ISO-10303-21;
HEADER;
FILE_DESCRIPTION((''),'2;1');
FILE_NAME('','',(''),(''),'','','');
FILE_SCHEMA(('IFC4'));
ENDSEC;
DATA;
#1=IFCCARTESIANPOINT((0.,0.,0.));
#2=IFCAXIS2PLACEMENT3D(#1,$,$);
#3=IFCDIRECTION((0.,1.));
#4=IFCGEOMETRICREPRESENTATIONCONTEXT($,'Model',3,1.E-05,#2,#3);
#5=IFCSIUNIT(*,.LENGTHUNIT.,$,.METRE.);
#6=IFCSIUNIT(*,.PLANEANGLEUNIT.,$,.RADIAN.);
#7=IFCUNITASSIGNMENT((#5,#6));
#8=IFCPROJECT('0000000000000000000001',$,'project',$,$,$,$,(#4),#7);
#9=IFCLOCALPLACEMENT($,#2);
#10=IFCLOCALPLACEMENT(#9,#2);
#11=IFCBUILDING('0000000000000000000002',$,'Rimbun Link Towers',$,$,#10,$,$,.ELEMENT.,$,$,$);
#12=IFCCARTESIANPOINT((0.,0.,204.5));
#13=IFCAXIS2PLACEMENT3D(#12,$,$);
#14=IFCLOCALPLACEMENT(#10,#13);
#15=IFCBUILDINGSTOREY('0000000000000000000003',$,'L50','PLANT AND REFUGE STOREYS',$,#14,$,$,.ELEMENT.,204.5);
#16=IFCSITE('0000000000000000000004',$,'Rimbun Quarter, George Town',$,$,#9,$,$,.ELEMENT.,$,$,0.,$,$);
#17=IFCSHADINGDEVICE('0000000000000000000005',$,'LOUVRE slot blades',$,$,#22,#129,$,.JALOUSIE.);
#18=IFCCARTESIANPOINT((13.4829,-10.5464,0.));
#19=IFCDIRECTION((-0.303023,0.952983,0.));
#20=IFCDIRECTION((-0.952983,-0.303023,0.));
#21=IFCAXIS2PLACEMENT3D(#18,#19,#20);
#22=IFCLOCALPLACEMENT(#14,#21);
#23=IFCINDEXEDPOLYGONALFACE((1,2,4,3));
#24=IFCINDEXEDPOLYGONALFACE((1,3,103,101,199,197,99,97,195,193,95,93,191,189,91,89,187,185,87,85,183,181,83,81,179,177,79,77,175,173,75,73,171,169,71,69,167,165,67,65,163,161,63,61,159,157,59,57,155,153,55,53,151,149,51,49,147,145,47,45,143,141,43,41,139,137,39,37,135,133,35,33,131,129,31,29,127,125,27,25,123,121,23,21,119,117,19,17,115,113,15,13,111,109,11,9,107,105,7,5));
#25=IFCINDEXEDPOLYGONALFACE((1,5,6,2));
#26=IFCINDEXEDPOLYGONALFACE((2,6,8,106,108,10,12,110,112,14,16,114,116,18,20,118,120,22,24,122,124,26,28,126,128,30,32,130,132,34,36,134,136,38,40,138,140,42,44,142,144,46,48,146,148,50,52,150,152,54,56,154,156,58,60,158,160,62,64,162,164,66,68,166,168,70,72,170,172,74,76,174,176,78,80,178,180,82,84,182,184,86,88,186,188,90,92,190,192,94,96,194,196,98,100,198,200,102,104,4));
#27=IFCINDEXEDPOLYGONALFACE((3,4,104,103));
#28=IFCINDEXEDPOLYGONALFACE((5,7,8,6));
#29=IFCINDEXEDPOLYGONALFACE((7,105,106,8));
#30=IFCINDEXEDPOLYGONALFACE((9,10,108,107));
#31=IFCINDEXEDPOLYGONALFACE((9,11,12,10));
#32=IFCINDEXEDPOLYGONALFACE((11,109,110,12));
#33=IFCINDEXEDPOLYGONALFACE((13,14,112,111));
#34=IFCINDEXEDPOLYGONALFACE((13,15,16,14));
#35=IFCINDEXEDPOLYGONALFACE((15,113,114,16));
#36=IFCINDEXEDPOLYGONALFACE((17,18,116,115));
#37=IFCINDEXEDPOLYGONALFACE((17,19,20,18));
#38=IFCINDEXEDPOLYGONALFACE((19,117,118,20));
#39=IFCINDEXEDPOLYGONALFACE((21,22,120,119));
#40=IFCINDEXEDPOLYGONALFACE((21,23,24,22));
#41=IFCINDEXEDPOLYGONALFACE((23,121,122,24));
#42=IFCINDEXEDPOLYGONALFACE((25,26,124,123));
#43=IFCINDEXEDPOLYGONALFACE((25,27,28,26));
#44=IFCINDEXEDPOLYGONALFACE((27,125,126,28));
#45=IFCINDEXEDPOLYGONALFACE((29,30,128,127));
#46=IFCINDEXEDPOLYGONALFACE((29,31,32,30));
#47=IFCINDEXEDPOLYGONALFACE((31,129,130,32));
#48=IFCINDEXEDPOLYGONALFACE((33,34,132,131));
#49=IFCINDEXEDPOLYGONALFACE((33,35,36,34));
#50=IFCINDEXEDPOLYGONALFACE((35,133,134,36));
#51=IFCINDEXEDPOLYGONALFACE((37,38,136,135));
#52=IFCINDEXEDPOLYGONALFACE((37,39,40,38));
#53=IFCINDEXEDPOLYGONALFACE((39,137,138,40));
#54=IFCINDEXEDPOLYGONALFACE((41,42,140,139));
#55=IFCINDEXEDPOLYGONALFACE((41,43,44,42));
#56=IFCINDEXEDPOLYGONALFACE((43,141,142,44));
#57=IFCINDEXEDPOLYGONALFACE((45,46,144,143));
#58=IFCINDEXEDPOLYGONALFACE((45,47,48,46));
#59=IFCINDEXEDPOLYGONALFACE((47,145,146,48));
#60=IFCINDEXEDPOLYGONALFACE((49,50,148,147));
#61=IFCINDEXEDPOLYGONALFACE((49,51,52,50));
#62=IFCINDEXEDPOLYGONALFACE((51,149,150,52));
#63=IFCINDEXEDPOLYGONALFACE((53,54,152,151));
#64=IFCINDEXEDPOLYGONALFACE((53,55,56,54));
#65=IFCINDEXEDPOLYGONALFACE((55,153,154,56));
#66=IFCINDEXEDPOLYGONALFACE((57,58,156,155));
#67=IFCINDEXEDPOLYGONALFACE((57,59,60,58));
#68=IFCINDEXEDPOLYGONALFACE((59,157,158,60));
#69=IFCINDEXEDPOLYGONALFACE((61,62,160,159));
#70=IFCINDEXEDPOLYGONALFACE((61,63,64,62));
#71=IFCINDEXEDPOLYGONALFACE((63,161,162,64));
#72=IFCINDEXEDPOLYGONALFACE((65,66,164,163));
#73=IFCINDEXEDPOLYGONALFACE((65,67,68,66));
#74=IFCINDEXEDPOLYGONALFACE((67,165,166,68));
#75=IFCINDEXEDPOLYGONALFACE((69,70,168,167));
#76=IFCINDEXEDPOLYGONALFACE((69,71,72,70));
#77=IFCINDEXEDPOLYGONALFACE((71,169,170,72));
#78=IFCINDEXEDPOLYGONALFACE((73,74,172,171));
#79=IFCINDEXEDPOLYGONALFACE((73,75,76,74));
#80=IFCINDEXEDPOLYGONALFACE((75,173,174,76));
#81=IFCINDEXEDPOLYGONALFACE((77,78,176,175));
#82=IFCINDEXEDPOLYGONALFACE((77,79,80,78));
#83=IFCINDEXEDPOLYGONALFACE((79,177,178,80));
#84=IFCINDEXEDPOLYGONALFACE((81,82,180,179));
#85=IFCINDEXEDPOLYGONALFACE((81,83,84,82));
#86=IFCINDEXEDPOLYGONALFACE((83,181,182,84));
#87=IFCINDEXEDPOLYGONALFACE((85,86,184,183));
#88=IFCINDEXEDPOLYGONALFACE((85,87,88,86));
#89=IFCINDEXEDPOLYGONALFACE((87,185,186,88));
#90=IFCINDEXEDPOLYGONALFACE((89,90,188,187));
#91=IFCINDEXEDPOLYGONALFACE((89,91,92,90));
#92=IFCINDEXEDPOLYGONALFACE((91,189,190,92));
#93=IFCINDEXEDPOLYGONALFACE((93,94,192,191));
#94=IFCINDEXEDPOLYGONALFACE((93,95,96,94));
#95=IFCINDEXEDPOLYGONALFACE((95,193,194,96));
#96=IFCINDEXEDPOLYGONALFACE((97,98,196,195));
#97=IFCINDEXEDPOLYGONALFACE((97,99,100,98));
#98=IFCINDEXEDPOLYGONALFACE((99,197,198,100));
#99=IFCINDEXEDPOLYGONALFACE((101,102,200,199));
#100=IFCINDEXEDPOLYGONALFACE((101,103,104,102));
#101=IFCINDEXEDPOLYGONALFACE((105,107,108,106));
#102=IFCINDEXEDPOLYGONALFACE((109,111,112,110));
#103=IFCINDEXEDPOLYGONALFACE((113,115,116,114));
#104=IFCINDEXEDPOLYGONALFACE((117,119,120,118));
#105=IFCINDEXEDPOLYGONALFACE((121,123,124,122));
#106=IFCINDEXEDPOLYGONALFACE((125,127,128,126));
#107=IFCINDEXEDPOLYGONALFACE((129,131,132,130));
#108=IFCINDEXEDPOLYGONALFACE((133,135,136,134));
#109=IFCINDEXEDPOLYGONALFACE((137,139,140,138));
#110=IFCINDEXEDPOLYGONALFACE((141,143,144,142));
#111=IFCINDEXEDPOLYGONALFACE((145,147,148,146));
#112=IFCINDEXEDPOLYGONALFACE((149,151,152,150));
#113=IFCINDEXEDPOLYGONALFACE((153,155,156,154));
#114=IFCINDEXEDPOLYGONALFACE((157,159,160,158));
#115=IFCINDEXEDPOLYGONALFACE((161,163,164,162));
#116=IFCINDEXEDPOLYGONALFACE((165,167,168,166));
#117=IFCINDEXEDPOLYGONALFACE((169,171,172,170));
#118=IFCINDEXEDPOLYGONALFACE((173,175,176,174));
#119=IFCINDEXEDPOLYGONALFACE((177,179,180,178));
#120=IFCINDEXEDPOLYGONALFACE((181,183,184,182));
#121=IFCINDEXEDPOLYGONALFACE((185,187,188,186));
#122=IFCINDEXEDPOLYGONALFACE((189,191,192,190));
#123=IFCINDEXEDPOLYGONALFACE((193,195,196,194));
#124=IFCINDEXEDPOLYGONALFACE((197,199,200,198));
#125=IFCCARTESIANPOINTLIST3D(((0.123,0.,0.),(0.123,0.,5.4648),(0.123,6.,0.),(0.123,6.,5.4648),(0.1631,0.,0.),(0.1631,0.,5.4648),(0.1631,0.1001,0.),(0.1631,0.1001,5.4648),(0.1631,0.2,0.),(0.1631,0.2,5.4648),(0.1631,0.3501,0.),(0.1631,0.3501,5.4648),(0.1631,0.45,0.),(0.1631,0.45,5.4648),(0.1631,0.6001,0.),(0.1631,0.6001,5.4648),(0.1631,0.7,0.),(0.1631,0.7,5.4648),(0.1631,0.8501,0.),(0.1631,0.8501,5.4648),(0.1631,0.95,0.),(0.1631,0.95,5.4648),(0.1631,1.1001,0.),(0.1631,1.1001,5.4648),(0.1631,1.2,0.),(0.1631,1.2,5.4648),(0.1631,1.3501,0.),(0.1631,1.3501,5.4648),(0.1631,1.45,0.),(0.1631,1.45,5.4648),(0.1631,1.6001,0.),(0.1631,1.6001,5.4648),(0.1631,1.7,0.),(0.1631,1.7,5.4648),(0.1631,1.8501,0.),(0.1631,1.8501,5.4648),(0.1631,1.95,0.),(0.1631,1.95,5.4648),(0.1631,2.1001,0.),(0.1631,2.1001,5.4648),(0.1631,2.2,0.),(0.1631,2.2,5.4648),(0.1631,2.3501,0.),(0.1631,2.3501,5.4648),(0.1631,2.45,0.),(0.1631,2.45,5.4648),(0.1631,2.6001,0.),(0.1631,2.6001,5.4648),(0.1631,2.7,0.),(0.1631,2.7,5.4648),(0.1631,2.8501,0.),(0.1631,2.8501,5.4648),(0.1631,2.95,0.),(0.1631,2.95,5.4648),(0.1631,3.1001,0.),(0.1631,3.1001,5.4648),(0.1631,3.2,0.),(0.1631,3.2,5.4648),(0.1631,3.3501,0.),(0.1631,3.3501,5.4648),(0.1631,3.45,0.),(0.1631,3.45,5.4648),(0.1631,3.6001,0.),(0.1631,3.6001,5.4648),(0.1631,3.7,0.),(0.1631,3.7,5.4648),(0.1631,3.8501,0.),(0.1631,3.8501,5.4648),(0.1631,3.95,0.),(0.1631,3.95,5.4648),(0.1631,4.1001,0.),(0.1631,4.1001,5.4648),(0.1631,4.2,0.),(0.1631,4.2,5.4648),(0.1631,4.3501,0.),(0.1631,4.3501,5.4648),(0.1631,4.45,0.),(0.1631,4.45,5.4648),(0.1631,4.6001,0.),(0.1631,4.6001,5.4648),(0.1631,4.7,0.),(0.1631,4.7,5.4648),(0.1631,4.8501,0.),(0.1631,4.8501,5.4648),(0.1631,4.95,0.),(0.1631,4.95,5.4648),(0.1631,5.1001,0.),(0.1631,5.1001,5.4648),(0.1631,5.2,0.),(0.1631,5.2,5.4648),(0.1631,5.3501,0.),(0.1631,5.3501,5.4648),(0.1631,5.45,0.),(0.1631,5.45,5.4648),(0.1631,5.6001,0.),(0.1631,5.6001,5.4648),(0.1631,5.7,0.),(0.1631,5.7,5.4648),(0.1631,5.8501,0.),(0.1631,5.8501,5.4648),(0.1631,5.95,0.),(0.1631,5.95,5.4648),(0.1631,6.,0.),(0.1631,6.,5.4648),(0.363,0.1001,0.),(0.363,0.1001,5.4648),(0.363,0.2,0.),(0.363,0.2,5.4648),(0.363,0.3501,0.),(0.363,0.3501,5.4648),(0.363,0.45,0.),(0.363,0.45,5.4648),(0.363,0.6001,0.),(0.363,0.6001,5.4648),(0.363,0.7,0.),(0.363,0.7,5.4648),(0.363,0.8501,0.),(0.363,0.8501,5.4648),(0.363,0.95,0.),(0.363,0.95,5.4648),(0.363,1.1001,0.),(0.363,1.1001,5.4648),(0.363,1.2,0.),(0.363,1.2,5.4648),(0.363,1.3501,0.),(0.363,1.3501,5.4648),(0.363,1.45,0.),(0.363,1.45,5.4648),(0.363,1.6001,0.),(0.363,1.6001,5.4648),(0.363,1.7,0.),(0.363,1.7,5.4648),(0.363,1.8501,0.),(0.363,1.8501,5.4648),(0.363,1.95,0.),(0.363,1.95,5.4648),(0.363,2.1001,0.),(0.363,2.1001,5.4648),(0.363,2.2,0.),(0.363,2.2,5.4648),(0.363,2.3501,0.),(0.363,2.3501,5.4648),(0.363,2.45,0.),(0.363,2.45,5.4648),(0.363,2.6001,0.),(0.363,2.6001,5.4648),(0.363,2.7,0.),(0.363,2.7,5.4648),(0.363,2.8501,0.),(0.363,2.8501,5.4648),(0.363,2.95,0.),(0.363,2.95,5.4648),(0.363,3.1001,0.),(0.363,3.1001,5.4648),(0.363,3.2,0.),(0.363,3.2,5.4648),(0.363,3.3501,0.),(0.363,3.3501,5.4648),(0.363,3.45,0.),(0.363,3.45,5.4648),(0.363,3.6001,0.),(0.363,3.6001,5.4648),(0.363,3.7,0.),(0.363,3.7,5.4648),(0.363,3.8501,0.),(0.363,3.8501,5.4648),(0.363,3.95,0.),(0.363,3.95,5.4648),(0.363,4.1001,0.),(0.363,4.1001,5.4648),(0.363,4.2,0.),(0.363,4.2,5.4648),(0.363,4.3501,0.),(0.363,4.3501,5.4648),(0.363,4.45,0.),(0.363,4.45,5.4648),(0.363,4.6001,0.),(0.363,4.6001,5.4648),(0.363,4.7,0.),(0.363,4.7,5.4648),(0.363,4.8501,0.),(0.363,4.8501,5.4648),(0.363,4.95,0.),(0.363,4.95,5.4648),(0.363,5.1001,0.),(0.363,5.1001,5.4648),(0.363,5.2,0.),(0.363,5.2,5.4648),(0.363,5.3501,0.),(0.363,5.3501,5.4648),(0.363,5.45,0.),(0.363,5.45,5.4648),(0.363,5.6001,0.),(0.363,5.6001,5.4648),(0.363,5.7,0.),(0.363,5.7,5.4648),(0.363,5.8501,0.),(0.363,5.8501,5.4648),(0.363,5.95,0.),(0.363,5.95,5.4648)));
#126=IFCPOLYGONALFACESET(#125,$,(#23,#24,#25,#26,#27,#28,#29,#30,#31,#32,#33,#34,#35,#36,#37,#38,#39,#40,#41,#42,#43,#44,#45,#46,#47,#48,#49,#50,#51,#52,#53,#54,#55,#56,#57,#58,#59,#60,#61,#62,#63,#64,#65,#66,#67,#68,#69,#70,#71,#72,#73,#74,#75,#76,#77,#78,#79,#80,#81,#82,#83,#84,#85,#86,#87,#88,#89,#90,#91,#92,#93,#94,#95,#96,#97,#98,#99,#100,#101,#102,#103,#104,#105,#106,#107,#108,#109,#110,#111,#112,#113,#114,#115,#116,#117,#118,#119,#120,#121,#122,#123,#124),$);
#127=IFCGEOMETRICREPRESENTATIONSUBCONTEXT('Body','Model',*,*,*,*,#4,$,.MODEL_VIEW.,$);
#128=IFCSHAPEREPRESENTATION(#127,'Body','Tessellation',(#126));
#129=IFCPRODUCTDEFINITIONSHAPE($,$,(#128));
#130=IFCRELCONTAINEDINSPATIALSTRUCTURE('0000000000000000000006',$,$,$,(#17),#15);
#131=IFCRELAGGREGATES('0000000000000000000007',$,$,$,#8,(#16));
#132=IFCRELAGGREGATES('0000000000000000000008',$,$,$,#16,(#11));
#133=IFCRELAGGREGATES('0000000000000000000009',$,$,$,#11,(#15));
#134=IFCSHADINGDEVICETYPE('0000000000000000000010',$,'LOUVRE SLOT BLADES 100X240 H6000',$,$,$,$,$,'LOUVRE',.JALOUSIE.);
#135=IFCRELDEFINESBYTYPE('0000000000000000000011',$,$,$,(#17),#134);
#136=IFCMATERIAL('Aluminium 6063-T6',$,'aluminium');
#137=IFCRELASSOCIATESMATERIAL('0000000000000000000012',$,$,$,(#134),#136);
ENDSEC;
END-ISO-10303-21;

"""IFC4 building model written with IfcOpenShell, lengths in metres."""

from ifc_helpers import new_model, si_unit, direction, frame, origin, place, context, subcontext, project, spatial, polyline, outline, extrude, material, material_profile, profile_set, type_object, element, save


model = new_model("IFC4")

# Units and contexts
model_context = context("Model", 3, precision=1e-05, world=origin(), true_north=direction((0.0, 1.0)))
body_context = subcontext(model_context, "Body", "Model", "MODEL_VIEW")
ifc_project = project(units=[si_unit("LENGTHUNIT", "METRE"), si_unit("PLANEANGLEUNIT", "RADIAN")], contexts=[model_context])

# Site, building, storey
site_placement = place(None, origin())
site = spatial("IfcSite", under=ifc_project, at=site_placement, Name="Rimbun Quarter, George Town", CompositionType="ELEMENT", RefElevation=0.0)
building_placement = place(site_placement, origin())
building = spatial("IfcBuilding", under=site, at=building_placement, Name="Rimbun Link Towers", CompositionType="ELEMENT")
storey_placement = place(building_placement, frame((0.0, 0.0, 204.5)))
storey = spatial("IfcBuildingStorey", under=building, at=storey_placement, Name="L50", Description="PLANT AND REFUGE STOREYS", CompositionType="ELEMENT", Elevation=204.5)

# Shading device
ifc_material_1 = material(Name="Aluminium 6063-T6", Category="aluminium")
ifc_material_profile_1 = material_profile(ifc_material_1, outline(polyline([(0.123, 0.0), (0.1631, 0.0), (0.1631, 0.1001), (0.363, 0.1001), (0.363, 0.2), (0.1631, 0.2), (0.1631, 0.3501), (0.363, 0.3501), (0.363, 0.45), (0.1631, 0.45), (0.1631, 0.6001), (0.363, 0.6001), (0.363, 0.7), (0.1631, 0.7), (0.1631, 0.8501), (0.363, 0.8501), (0.363, 0.95), (0.1631, 0.95), (0.1631, 1.1001), (0.363, 1.1001), (0.363, 1.2), (0.1631, 1.2), (0.1631, 1.3501), (0.363, 1.3501), (0.363, 1.45), (0.1631, 1.45), (0.1631, 1.6001), (0.363, 1.6001), (0.363, 1.7), (0.1631, 1.7), (0.1631, 1.8501), (0.363, 1.8501), (0.363, 1.95), (0.1631, 1.95), (0.1631, 2.1001), (0.363, 2.1001), (0.363, 2.2), (0.1631, 2.2), (0.1631, 2.3501), (0.363, 2.3501), (0.363, 2.45), (0.1631, 2.45), (0.1631, 2.6001), (0.363, 2.6001), (0.363, 2.7), (0.1631, 2.7), (0.1631, 2.8501), (0.363, 2.8501), (0.363, 2.95), (0.1631, 2.95), (0.1631, 3.1001), (0.363, 3.1001), (0.363, 3.2), (0.1631, 3.2), (0.1631, 3.3501), (0.363, 3.3501), (0.363, 3.45), (0.1631, 3.45), (0.1631, 3.6001), (0.363, 3.6001), (0.363, 3.7), (0.1631, 3.7), (0.1631, 3.8501), (0.363, 3.8501), (0.363, 3.95), (0.1631, 3.95), (0.1631, 4.1001), (0.363, 4.1001), (0.363, 4.2), (0.1631, 4.2), (0.1631, 4.3501), (0.363, 4.3501), (0.363, 4.45), (0.1631, 4.45), (0.1631, 4.6001), (0.363, 4.6001), (0.363, 4.7), (0.1631, 4.7), (0.1631, 4.8501), (0.363, 4.8501), (0.363, 4.95), (0.1631, 4.95), (0.1631, 5.1001), (0.363, 5.1001), (0.363, 5.2), (0.1631, 5.2), (0.1631, 5.3501), (0.363, 5.3501), (0.363, 5.45), (0.1631, 5.45), (0.1631, 5.6001), (0.363, 5.6001), (0.363, 5.7), (0.1631, 5.7), (0.1631, 5.8501), (0.363, 5.8501), (0.363, 5.95), (0.1631, 5.95), (0.1631, 6.0), (0.123, 6.0), (0.123, 0.0)])), Name="LOUVRE BLADES 100X240")
ifc_profile_set_1 = profile_set([ifc_material_profile_1], Name="Aluminium 6063-T6")
shading_device_type = type_object("IfcShadingDeviceType", Name="LOUVRE SLOT BLADES 100X240 H6000", ElementType="LOUVRE", PredefinedType="JALOUSIE", material=ifc_profile_set_1)
shading_device_placement = place(storey_placement, frame((13.4829, -10.5464, 0.0), z_axis=(-0.303023, 0.952983, 0.0), x_axis=(-0.952983, -0.303023, 0.0)))
element("IfcShadingDevice", 1, at=shading_device_placement, inside=storey, type_object=shading_device_type, Name="LOUVRE slot blades", PredefinedType="JALOUSIE", context=body_context, shape_type="SweptSolid", body=[
    extrude(outline(polyline([(0.123, 0.0), (0.1631, 0.0), (0.1631, 0.1001), (0.363, 0.1001), (0.363, 0.2), (0.1631, 0.2), (0.1631, 0.3501), (0.363, 0.3501), (0.363, 0.45), (0.1631, 0.45), (0.1631, 0.6001), (0.363, 0.6001), (0.363, 0.7), (0.1631, 0.7), (0.1631, 0.8501), (0.363, 0.8501), (0.363, 0.95), (0.1631, 0.95), (0.1631, 1.1001), (0.363, 1.1001), (0.363, 1.2), (0.1631, 1.2), (0.1631, 1.3501), (0.363, 1.3501), (0.363, 1.45), (0.1631, 1.45), (0.1631, 1.6001), (0.363, 1.6001), (0.363, 1.7), (0.1631, 1.7), (0.1631, 1.8501), (0.363, 1.8501), (0.363, 1.95), (0.1631, 1.95), (0.1631, 2.1001), (0.363, 2.1001), (0.363, 2.2), (0.1631, 2.2), (0.1631, 2.3501), (0.363, 2.3501), (0.363, 2.45), (0.1631, 2.45), (0.1631, 2.6001), (0.363, 2.6001), (0.363, 2.7), (0.1631, 2.7), (0.1631, 2.8501), (0.363, 2.8501), (0.363, 2.95), (0.1631, 2.95), (0.1631, 3.1001), (0.363, 3.1001), (0.363, 3.2), (0.1631, 3.2), (0.1631, 3.3501), (0.363, 3.3501), (0.363, 3.45), (0.1631, 3.45), (0.1631, 3.6001), (0.363, 3.6001), (0.363, 3.7), (0.1631, 3.7), (0.1631, 3.8501), (0.363, 3.8501), (0.363, 3.95), (0.1631, 3.95), (0.1631, 4.1001), (0.363, 4.1001), (0.363, 4.2), (0.1631, 4.2), (0.1631, 4.3501), (0.363, 4.3501), (0.363, 4.45), (0.1631, 4.45), (0.1631, 4.6001), (0.363, 4.6001), (0.363, 4.7), (0.1631, 4.7), (0.1631, 4.8501), (0.363, 4.8501), (0.363, 4.95), (0.1631, 4.95), (0.1631, 5.1001), (0.363, 5.1001), (0.363, 5.2), (0.1631, 5.2), (0.1631, 5.3501), (0.363, 5.3501), (0.363, 5.45), (0.1631, 5.45), (0.1631, 5.6001), (0.363, 5.6001), (0.363, 5.7), (0.1631, 5.7), (0.1631, 5.8501), (0.363, 5.8501), (0.363, 5.95), (0.1631, 5.95), (0.1631, 6.0), (0.123, 6.0), (0.123, 0.0)])), origin(), (0.0, 0.0, 1.0), 5.4648),
])

save(model, "model.ifc")
